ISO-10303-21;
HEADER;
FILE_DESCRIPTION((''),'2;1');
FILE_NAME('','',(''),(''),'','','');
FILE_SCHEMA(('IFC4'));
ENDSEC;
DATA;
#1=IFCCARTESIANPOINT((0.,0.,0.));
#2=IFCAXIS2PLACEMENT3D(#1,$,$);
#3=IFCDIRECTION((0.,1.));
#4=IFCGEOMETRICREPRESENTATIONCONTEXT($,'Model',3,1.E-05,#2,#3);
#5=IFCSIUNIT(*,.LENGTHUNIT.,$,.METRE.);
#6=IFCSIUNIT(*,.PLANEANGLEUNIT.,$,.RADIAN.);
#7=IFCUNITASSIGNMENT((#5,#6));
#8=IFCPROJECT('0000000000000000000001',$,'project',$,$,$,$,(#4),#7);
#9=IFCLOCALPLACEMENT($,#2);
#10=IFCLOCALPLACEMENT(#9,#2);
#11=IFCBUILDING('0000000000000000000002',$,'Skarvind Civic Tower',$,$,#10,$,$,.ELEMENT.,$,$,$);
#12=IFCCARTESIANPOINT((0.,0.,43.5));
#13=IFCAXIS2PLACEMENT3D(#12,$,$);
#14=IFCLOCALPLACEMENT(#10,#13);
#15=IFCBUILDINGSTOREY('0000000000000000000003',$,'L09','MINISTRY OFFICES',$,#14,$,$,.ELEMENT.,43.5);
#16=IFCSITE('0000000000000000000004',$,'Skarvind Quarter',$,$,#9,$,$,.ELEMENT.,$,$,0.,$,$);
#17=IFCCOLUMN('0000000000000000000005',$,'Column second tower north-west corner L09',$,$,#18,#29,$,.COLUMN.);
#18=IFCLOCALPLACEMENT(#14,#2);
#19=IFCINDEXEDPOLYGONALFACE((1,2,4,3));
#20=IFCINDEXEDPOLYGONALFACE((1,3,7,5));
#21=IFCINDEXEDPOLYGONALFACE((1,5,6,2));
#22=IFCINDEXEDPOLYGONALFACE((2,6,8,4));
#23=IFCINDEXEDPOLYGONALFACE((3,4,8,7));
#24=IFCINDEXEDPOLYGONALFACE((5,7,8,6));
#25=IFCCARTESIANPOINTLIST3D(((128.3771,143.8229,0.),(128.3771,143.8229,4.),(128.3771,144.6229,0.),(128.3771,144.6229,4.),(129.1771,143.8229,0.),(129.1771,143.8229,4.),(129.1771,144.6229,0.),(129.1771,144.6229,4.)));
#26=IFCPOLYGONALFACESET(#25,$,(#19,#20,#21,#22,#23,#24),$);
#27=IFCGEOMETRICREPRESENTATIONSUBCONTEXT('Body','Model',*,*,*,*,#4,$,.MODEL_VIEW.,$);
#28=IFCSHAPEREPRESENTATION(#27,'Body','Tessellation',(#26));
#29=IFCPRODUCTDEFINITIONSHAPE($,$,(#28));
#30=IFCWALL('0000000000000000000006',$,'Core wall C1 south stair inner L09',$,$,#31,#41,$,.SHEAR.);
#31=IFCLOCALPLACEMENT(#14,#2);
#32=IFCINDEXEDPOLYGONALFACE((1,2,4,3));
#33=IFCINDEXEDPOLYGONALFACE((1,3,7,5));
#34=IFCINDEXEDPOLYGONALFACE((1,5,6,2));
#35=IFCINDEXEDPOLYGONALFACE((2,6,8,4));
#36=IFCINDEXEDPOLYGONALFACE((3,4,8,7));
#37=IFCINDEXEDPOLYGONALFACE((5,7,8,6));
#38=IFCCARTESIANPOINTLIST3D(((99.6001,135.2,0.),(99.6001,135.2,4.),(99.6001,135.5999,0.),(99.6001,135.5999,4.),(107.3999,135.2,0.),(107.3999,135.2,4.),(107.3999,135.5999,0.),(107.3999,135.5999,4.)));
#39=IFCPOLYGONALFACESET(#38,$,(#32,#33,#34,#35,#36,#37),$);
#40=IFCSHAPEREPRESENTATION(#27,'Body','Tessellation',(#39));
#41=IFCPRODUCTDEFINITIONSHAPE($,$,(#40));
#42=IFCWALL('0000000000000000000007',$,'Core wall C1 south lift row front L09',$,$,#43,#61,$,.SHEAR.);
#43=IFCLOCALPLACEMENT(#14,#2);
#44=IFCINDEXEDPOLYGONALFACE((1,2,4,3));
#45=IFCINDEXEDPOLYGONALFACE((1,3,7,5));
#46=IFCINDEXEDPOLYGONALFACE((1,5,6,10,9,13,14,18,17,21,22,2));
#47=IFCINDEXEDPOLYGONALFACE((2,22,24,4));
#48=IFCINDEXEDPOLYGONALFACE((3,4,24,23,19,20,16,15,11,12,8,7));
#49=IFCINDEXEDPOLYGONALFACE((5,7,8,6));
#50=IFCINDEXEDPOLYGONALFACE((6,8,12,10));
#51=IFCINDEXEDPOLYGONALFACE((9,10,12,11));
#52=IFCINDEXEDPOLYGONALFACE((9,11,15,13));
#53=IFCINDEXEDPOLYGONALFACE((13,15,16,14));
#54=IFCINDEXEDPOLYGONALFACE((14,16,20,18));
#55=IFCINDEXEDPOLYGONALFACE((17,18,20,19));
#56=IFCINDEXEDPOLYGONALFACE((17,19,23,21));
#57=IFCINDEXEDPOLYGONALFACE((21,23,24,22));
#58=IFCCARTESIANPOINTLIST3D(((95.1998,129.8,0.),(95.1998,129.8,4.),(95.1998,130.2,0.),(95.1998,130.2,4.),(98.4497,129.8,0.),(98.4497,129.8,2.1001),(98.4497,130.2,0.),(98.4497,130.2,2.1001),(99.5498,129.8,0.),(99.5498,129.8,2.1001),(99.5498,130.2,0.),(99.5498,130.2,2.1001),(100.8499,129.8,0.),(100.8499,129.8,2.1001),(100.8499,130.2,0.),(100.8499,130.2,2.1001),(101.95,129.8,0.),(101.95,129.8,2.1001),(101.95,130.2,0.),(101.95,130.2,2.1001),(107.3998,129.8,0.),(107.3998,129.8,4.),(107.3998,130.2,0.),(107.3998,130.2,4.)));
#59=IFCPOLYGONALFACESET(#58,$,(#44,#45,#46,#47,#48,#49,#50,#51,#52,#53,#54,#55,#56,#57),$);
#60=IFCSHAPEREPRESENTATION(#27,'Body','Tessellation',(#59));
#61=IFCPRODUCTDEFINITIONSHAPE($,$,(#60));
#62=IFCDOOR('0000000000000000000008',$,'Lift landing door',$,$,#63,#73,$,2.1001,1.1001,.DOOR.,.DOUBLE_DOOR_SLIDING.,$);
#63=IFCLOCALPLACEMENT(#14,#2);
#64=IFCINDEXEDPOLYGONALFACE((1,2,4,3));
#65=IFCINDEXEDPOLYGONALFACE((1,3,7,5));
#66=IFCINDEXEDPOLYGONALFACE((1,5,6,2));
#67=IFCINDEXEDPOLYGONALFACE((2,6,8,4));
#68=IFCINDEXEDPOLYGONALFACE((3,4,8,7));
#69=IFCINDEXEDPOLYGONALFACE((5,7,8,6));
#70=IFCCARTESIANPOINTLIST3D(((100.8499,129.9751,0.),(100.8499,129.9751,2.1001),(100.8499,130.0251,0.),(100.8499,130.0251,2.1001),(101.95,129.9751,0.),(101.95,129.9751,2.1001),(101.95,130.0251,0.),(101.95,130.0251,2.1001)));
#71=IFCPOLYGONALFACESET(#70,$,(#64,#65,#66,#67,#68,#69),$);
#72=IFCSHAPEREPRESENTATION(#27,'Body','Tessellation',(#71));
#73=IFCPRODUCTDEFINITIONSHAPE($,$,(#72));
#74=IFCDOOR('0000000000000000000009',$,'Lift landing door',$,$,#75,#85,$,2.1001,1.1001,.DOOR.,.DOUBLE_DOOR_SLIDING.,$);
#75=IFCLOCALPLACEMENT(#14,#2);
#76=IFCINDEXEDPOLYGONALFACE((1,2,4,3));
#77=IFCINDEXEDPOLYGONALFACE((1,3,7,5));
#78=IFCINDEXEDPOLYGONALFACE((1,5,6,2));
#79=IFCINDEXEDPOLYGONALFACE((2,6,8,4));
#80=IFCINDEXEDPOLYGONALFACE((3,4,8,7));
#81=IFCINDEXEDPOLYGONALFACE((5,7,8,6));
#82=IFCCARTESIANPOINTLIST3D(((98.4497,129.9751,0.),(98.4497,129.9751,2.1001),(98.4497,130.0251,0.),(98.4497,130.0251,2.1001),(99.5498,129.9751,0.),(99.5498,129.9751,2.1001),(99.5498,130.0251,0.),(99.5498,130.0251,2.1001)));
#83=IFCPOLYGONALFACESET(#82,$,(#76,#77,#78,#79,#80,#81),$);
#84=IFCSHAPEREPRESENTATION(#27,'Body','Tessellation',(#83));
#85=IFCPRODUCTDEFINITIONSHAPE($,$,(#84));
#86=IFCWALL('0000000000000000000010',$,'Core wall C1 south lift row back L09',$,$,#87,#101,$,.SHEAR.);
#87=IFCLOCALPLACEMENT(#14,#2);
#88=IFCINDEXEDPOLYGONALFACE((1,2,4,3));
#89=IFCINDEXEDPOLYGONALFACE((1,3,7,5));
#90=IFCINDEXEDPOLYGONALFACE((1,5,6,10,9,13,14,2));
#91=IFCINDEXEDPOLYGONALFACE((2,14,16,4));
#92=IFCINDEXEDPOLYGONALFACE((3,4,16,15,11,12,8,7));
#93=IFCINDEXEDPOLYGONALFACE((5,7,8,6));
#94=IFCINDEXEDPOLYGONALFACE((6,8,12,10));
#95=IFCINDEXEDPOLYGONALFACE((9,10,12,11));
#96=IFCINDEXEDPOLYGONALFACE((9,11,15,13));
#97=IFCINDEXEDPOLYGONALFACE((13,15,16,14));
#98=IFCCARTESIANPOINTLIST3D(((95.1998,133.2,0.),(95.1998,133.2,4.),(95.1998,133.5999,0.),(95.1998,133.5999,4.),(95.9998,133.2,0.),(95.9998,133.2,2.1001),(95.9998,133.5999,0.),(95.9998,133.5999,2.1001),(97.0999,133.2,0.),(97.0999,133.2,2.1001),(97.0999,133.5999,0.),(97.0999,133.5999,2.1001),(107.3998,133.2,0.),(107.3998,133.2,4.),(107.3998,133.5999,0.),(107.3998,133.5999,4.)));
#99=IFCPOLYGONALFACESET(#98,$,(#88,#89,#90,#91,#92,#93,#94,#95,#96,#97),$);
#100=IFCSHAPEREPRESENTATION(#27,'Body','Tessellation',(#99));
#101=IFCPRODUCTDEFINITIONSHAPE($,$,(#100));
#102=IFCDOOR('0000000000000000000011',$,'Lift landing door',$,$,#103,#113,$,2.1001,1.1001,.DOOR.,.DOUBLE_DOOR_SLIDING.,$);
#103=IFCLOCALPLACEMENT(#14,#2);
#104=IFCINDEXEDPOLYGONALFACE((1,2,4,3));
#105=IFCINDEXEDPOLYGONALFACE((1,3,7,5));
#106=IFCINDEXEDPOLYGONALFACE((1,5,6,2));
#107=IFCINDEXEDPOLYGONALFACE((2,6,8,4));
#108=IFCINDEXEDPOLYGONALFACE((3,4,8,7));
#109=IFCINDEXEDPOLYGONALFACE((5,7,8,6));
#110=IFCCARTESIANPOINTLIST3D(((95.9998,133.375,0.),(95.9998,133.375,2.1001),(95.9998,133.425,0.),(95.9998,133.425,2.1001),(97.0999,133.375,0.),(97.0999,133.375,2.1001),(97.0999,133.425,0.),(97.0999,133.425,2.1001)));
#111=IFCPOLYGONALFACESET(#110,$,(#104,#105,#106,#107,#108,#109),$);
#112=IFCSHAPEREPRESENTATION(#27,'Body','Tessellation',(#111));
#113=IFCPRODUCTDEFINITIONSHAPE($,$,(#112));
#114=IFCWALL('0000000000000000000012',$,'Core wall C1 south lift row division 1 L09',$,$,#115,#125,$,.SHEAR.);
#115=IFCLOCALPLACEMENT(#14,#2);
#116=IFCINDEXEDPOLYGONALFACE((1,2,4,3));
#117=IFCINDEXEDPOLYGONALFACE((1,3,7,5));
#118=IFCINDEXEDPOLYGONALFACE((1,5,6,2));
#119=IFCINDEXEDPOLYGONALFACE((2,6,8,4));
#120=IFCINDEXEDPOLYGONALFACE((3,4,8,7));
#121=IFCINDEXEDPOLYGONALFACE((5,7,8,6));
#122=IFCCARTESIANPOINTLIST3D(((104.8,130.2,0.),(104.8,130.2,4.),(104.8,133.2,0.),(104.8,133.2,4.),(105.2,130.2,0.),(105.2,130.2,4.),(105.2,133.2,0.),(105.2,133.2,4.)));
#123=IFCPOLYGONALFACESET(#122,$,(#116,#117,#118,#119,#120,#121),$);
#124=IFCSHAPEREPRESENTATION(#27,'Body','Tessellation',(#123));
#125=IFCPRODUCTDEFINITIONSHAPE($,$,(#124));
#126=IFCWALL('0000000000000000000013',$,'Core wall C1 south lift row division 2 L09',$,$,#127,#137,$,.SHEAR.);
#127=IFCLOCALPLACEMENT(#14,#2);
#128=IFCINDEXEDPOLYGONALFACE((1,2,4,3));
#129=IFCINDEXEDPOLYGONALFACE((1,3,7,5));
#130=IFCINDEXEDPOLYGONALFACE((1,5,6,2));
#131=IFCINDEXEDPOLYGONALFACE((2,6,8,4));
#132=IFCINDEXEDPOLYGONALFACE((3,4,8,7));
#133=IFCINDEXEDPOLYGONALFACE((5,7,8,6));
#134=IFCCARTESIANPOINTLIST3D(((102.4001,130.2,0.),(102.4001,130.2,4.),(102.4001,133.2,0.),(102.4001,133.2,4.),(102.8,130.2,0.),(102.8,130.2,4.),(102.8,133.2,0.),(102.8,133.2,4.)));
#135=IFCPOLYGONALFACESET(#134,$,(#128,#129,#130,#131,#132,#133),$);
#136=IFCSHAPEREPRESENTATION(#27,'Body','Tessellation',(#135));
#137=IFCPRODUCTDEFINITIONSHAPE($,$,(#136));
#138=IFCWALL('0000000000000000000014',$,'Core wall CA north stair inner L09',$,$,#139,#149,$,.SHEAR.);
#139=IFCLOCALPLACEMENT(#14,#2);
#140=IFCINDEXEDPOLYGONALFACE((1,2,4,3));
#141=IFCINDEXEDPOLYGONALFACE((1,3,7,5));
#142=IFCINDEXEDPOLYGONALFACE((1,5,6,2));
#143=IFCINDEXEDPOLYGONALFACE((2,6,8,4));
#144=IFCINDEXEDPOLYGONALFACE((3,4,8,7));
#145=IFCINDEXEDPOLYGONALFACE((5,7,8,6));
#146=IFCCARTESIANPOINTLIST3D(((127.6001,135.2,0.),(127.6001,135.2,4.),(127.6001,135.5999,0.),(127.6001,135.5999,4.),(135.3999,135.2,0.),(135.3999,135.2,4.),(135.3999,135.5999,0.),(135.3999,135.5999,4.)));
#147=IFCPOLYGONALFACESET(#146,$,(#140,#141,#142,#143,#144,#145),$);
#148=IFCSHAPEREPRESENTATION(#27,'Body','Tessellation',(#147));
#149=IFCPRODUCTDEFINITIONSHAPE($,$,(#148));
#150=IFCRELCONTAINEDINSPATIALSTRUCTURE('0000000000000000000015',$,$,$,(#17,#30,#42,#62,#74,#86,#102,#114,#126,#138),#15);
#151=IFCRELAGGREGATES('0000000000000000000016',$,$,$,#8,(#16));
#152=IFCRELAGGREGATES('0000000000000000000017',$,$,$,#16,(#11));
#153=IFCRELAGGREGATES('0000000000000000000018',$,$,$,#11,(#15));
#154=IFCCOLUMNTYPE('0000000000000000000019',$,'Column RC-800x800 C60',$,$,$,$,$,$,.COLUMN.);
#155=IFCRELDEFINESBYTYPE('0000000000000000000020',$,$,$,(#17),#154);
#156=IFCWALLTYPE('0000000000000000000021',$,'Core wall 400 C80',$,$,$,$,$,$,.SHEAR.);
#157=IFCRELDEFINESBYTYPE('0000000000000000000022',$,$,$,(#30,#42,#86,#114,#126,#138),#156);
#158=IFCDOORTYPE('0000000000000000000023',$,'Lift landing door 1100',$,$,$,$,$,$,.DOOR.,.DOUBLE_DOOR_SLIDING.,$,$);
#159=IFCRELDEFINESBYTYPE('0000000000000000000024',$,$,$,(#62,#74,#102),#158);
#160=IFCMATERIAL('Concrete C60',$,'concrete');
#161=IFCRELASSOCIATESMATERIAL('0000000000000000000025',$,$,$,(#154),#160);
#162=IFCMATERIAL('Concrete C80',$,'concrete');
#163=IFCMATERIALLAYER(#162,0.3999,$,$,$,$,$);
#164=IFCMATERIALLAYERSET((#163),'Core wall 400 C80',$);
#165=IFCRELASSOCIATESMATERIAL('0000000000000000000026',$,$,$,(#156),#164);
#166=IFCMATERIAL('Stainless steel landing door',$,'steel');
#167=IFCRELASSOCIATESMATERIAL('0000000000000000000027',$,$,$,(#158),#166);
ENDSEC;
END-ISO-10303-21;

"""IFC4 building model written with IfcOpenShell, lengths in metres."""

from ifc_helpers import new_model, si_unit, direction, frame, frame_2d, origin, origin_2d, place, context, subcontext, project, spatial, rectangle, extrude, material, layer, layer_set, material_profile, profile_set, type_object, element, fill, save


model = new_model("IFC4")

# Units and contexts
model_context = context("Model", 3, precision=1e-05, world=origin(), true_north=direction((0.0, 1.0)))
body_context = subcontext(model_context, "Body", "Model", "MODEL_VIEW")
ifc_project = project(units=[si_unit("LENGTHUNIT", "METRE"), si_unit("PLANEANGLEUNIT", "RADIAN")], contexts=[model_context])

# Site, building, storey
site_placement = place(None, origin())
site = spatial("IfcSite", under=ifc_project, at=site_placement, Name="Skarvind Quarter", CompositionType="ELEMENT", RefElevation=0.0)
building_placement = place(site_placement, origin())
building = spatial("IfcBuilding", under=site, at=building_placement, Name="Skarvind Civic Tower", CompositionType="ELEMENT")
storey_placement = place(building_placement, frame((0.0, 0.0, 43.5)))
storey = spatial("IfcBuildingStorey", under=building, at=storey_placement, Name="L09", Description="MINISTRY OFFICES", CompositionType="ELEMENT", Elevation=43.5)

# Column
ifc_material_1 = material(Name="Concrete C60", Category="concrete")
ifc_material_profile = material_profile(ifc_material_1, rectangle(XDim=0.8, YDim=0.8, at=origin_2d()), Name="RC-800x800")
ifc_profile_set = profile_set([ifc_material_profile], Name="Concrete C60")
column_type = type_object("IfcColumnType", Name="Column RC-800x800 C60", PredefinedType="COLUMN", material=ifc_profile_set)
column_placement = place(storey_placement, frame((128.7771, 144.2229, 0.0), z_axis=(0.0, 0.0, 1.0), x_axis=(1.0, 0.0, 0.0)))
element("IfcColumn", 1, at=column_placement, inside=storey, type_object=column_type, Name="Column second tower north-west corner L09", PredefinedType="COLUMN", context=body_context, shape_type="SweptSolid", body=[
    extrude(rectangle(XDim=0.8, YDim=0.8, at=origin_2d()), origin(), (0.0, 0.0, 1.0), 4.0),
])

# Wall
ifc_material_2 = material(Name="Concrete C80", Category="concrete")
ifc_layer_1 = layer(ifc_material_2, 0.3999)
ifc_layer_set_1 = layer_set([ifc_layer_1], Name="Core wall 400 C80")
wall_type_1 = type_object("IfcWallType", Name="Core wall 400 C80", PredefinedType="SHEAR", material=ifc_layer_set_1)
wall_1_placement = place(storey_placement, frame((107.3999, 135.3999, 0.0), z_axis=(0.0, 0.0, 1.0), x_axis=(-1.0, 0.0, 0.0)))
element("IfcWall", 2, at=wall_1_placement, inside=storey, type_object=wall_type_1, Name="Core wall C1 south stair inner L09", PredefinedType="SHEAR", context=body_context, shape_type="SweptSolid", body=[
    extrude(rectangle(XDim=7.7998, YDim=0.3999, at=frame_2d((3.8999, 0.0))), origin(), (0.0, 0.0, 1.0), 4.0),
])

# Wall, openings, doors
wall_2_placement = place(storey_placement, frame((107.3999, 130.0, 0.0), z_axis=(0.0, 0.0, 1.0), x_axis=(-1.0, 0.0, 0.0)))
wall_2 = element("IfcWall", 3, at=wall_2_placement, inside=storey, type_object=wall_type_1, Name="Core wall C1 south lift row front L09", PredefinedType="SHEAR", context=body_context, shape_type="SweptSolid", body=[
    extrude(rectangle(XDim=12.2, YDim=0.3999, at=frame_2d((6.1001, 0.0))), origin(), (0.0, 0.0, 1.0), 4.0),
])
opening_1_placement = place(wall_2_placement, frame((5.45, 0.0, 0.0)))
opening_1 = element("IfcOpeningElement", 4, at=opening_1_placement, cuts=wall_2, PredefinedType="OPENING", context=body_context, shape_type="SweptSolid", body=[
    extrude(rectangle(XDim=1.1001, YDim=2.1001, at=frame_2d((0.55, 1.05))), frame((0.0, 0.21, 0.0), z_axis=(0.0, -1.0, 0.0), x_axis=(1.0, 0.0, 0.0)), (0.0, 0.0, 1.0), 0.4199),
])
opening_2_placement = place(wall_2_placement, frame((7.8501, 0.0, 0.0)))
opening_2 = element("IfcOpeningElement", 5, at=opening_2_placement, cuts=wall_2, PredefinedType="OPENING", context=body_context, shape_type="SweptSolid", body=[
    extrude(rectangle(XDim=1.1001, YDim=2.1001, at=frame_2d((0.55, 1.05))), frame((0.0, 0.21, 0.0), z_axis=(0.0, -1.0, 0.0), x_axis=(1.0, 0.0, 0.0)), (0.0, 0.0, 1.0), 0.4199),
])
ifc_material_3 = material(Name="Stainless steel landing door", Category="steel")
door_type = type_object("IfcDoorType", Name="Lift landing door 1100", OperationType="DOUBLE_DOOR_SLIDING", PredefinedType="DOOR", material=ifc_material_3)
door_1_placement = place(opening_1_placement, origin())
door_1 = element("IfcDoor", 6, at=door_1_placement, inside=storey, type_object=door_type, Name="Lift landing door", OperationType="DOUBLE_DOOR_SLIDING", OverallHeight=2.1001, OverallWidth=1.1001, PredefinedType="DOOR", context=body_context, shape_type="SweptSolid", body=[
    extrude(rectangle(XDim=1.1001, YDim=2.1001, at=frame_2d((0.55, 1.05))), frame((0.0, 0.0249, 0.0), z_axis=(0.0, -1.0, 0.0), x_axis=(1.0, 0.0, 0.0)), (0.0, 0.0, 1.0), 0.05),
])
fill(opening_1, door_1)
door_2_placement = place(opening_2_placement, origin())
door_2 = element("IfcDoor", 7, at=door_2_placement, inside=storey, type_object=door_type, Name="Lift landing door", OperationType="DOUBLE_DOOR_SLIDING", OverallHeight=2.1001, OverallWidth=1.1001, PredefinedType="DOOR", context=body_context, shape_type="SweptSolid", body=[
    extrude(rectangle(XDim=1.1001, YDim=2.1001, at=frame_2d((0.55, 1.05))), frame((0.0, 0.0249, 0.0), z_axis=(0.0, -1.0, 0.0), x_axis=(1.0, 0.0, 0.0)), (0.0, 0.0, 1.0), 0.05),
])
fill(opening_2, door_2)

# Wall, opening, door
wall_3_placement = place(storey_placement, frame((107.3999, 133.3999, 0.0), z_axis=(0.0, 0.0, 1.0), x_axis=(-1.0, 0.0, 0.0)))
wall_3 = element("IfcWall", 8, at=wall_3_placement, inside=storey, type_object=wall_type_1, Name="Core wall C1 south lift row back L09", PredefinedType="SHEAR", context=body_context, shape_type="SweptSolid", body=[
    extrude(rectangle(XDim=12.2, YDim=0.3999, at=frame_2d((6.1001, 0.0))), origin(), (0.0, 0.0, 1.0), 4.0),
])
opening_3_placement = place(wall_3_placement, frame((10.3, 0.0, 0.0)))
opening_3 = element("IfcOpeningElement", 9, at=opening_3_placement, cuts=wall_3, PredefinedType="OPENING", context=body_context, shape_type="SweptSolid", body=[
    extrude(rectangle(XDim=1.1001, YDim=2.1001, at=frame_2d((0.55, 1.05))), frame((0.0, 0.21, 0.0), z_axis=(0.0, -1.0, 0.0), x_axis=(1.0, 0.0, 0.0)), (0.0, 0.0, 1.0), 0.4199),
])
door_3_placement = place(opening_3_placement, origin())
door_3 = element("IfcDoor", 10, at=door_3_placement, inside=storey, type_object=door_type, Name="Lift landing door", OperationType="DOUBLE_DOOR_SLIDING", OverallHeight=2.1001, OverallWidth=1.1001, PredefinedType="DOOR", context=body_context, shape_type="SweptSolid", body=[
    extrude(rectangle(XDim=1.1001, YDim=2.1001, at=frame_2d((0.55, 1.05))), frame((0.0, 0.0249, 0.0), z_axis=(0.0, -1.0, 0.0), x_axis=(1.0, 0.0, 0.0)), (0.0, 0.0, 1.0), 0.05),
])
fill(opening_3, door_3)

# Walls
for number, where, z_axis, x_axis, name in (
    (11, (105.0, 133.2, 0.0), (0.0, 0.0, 1.0), (0.0, -1.0, 0.0), "Core wall C1 south lift row division 1 L09"),
    (12, (102.6001, 133.2, 0.0), (0.0, 0.0, 1.0), (0.0, -1.0, 0.0), "Core wall C1 south lift row division 2 L09"),
):
    element("IfcWall", number, at=place(storey_placement, frame(where, z_axis=z_axis, x_axis=x_axis)), inside=storey, type_object=wall_type_1, Name=name, PredefinedType="SHEAR", context=body_context, shape_type="SweptSolid", body=[
        extrude(rectangle(XDim=3.0, YDim=0.3999, at=frame_2d((1.5, 0.0))), origin(), (0.0, 0.0, 1.0), 4.0),
    ])
wall_4_placement = place(storey_placement, frame((127.6001, 135.3999, 0.0), z_axis=(0.0, 0.0, 1.0), x_axis=(1.0, 0.0, 0.0)))
element("IfcWall", 13, at=wall_4_placement, inside=storey, type_object=wall_type_1, Name="Core wall CA north stair inner L09", PredefinedType="SHEAR", context=body_context, shape_type="SweptSolid", body=[
    extrude(rectangle(XDim=7.7998, YDim=0.3999, at=frame_2d((3.8999, 0.0))), origin(), (0.0, 0.0, 1.0), 4.0),
])

save(model, "model.ifc")
